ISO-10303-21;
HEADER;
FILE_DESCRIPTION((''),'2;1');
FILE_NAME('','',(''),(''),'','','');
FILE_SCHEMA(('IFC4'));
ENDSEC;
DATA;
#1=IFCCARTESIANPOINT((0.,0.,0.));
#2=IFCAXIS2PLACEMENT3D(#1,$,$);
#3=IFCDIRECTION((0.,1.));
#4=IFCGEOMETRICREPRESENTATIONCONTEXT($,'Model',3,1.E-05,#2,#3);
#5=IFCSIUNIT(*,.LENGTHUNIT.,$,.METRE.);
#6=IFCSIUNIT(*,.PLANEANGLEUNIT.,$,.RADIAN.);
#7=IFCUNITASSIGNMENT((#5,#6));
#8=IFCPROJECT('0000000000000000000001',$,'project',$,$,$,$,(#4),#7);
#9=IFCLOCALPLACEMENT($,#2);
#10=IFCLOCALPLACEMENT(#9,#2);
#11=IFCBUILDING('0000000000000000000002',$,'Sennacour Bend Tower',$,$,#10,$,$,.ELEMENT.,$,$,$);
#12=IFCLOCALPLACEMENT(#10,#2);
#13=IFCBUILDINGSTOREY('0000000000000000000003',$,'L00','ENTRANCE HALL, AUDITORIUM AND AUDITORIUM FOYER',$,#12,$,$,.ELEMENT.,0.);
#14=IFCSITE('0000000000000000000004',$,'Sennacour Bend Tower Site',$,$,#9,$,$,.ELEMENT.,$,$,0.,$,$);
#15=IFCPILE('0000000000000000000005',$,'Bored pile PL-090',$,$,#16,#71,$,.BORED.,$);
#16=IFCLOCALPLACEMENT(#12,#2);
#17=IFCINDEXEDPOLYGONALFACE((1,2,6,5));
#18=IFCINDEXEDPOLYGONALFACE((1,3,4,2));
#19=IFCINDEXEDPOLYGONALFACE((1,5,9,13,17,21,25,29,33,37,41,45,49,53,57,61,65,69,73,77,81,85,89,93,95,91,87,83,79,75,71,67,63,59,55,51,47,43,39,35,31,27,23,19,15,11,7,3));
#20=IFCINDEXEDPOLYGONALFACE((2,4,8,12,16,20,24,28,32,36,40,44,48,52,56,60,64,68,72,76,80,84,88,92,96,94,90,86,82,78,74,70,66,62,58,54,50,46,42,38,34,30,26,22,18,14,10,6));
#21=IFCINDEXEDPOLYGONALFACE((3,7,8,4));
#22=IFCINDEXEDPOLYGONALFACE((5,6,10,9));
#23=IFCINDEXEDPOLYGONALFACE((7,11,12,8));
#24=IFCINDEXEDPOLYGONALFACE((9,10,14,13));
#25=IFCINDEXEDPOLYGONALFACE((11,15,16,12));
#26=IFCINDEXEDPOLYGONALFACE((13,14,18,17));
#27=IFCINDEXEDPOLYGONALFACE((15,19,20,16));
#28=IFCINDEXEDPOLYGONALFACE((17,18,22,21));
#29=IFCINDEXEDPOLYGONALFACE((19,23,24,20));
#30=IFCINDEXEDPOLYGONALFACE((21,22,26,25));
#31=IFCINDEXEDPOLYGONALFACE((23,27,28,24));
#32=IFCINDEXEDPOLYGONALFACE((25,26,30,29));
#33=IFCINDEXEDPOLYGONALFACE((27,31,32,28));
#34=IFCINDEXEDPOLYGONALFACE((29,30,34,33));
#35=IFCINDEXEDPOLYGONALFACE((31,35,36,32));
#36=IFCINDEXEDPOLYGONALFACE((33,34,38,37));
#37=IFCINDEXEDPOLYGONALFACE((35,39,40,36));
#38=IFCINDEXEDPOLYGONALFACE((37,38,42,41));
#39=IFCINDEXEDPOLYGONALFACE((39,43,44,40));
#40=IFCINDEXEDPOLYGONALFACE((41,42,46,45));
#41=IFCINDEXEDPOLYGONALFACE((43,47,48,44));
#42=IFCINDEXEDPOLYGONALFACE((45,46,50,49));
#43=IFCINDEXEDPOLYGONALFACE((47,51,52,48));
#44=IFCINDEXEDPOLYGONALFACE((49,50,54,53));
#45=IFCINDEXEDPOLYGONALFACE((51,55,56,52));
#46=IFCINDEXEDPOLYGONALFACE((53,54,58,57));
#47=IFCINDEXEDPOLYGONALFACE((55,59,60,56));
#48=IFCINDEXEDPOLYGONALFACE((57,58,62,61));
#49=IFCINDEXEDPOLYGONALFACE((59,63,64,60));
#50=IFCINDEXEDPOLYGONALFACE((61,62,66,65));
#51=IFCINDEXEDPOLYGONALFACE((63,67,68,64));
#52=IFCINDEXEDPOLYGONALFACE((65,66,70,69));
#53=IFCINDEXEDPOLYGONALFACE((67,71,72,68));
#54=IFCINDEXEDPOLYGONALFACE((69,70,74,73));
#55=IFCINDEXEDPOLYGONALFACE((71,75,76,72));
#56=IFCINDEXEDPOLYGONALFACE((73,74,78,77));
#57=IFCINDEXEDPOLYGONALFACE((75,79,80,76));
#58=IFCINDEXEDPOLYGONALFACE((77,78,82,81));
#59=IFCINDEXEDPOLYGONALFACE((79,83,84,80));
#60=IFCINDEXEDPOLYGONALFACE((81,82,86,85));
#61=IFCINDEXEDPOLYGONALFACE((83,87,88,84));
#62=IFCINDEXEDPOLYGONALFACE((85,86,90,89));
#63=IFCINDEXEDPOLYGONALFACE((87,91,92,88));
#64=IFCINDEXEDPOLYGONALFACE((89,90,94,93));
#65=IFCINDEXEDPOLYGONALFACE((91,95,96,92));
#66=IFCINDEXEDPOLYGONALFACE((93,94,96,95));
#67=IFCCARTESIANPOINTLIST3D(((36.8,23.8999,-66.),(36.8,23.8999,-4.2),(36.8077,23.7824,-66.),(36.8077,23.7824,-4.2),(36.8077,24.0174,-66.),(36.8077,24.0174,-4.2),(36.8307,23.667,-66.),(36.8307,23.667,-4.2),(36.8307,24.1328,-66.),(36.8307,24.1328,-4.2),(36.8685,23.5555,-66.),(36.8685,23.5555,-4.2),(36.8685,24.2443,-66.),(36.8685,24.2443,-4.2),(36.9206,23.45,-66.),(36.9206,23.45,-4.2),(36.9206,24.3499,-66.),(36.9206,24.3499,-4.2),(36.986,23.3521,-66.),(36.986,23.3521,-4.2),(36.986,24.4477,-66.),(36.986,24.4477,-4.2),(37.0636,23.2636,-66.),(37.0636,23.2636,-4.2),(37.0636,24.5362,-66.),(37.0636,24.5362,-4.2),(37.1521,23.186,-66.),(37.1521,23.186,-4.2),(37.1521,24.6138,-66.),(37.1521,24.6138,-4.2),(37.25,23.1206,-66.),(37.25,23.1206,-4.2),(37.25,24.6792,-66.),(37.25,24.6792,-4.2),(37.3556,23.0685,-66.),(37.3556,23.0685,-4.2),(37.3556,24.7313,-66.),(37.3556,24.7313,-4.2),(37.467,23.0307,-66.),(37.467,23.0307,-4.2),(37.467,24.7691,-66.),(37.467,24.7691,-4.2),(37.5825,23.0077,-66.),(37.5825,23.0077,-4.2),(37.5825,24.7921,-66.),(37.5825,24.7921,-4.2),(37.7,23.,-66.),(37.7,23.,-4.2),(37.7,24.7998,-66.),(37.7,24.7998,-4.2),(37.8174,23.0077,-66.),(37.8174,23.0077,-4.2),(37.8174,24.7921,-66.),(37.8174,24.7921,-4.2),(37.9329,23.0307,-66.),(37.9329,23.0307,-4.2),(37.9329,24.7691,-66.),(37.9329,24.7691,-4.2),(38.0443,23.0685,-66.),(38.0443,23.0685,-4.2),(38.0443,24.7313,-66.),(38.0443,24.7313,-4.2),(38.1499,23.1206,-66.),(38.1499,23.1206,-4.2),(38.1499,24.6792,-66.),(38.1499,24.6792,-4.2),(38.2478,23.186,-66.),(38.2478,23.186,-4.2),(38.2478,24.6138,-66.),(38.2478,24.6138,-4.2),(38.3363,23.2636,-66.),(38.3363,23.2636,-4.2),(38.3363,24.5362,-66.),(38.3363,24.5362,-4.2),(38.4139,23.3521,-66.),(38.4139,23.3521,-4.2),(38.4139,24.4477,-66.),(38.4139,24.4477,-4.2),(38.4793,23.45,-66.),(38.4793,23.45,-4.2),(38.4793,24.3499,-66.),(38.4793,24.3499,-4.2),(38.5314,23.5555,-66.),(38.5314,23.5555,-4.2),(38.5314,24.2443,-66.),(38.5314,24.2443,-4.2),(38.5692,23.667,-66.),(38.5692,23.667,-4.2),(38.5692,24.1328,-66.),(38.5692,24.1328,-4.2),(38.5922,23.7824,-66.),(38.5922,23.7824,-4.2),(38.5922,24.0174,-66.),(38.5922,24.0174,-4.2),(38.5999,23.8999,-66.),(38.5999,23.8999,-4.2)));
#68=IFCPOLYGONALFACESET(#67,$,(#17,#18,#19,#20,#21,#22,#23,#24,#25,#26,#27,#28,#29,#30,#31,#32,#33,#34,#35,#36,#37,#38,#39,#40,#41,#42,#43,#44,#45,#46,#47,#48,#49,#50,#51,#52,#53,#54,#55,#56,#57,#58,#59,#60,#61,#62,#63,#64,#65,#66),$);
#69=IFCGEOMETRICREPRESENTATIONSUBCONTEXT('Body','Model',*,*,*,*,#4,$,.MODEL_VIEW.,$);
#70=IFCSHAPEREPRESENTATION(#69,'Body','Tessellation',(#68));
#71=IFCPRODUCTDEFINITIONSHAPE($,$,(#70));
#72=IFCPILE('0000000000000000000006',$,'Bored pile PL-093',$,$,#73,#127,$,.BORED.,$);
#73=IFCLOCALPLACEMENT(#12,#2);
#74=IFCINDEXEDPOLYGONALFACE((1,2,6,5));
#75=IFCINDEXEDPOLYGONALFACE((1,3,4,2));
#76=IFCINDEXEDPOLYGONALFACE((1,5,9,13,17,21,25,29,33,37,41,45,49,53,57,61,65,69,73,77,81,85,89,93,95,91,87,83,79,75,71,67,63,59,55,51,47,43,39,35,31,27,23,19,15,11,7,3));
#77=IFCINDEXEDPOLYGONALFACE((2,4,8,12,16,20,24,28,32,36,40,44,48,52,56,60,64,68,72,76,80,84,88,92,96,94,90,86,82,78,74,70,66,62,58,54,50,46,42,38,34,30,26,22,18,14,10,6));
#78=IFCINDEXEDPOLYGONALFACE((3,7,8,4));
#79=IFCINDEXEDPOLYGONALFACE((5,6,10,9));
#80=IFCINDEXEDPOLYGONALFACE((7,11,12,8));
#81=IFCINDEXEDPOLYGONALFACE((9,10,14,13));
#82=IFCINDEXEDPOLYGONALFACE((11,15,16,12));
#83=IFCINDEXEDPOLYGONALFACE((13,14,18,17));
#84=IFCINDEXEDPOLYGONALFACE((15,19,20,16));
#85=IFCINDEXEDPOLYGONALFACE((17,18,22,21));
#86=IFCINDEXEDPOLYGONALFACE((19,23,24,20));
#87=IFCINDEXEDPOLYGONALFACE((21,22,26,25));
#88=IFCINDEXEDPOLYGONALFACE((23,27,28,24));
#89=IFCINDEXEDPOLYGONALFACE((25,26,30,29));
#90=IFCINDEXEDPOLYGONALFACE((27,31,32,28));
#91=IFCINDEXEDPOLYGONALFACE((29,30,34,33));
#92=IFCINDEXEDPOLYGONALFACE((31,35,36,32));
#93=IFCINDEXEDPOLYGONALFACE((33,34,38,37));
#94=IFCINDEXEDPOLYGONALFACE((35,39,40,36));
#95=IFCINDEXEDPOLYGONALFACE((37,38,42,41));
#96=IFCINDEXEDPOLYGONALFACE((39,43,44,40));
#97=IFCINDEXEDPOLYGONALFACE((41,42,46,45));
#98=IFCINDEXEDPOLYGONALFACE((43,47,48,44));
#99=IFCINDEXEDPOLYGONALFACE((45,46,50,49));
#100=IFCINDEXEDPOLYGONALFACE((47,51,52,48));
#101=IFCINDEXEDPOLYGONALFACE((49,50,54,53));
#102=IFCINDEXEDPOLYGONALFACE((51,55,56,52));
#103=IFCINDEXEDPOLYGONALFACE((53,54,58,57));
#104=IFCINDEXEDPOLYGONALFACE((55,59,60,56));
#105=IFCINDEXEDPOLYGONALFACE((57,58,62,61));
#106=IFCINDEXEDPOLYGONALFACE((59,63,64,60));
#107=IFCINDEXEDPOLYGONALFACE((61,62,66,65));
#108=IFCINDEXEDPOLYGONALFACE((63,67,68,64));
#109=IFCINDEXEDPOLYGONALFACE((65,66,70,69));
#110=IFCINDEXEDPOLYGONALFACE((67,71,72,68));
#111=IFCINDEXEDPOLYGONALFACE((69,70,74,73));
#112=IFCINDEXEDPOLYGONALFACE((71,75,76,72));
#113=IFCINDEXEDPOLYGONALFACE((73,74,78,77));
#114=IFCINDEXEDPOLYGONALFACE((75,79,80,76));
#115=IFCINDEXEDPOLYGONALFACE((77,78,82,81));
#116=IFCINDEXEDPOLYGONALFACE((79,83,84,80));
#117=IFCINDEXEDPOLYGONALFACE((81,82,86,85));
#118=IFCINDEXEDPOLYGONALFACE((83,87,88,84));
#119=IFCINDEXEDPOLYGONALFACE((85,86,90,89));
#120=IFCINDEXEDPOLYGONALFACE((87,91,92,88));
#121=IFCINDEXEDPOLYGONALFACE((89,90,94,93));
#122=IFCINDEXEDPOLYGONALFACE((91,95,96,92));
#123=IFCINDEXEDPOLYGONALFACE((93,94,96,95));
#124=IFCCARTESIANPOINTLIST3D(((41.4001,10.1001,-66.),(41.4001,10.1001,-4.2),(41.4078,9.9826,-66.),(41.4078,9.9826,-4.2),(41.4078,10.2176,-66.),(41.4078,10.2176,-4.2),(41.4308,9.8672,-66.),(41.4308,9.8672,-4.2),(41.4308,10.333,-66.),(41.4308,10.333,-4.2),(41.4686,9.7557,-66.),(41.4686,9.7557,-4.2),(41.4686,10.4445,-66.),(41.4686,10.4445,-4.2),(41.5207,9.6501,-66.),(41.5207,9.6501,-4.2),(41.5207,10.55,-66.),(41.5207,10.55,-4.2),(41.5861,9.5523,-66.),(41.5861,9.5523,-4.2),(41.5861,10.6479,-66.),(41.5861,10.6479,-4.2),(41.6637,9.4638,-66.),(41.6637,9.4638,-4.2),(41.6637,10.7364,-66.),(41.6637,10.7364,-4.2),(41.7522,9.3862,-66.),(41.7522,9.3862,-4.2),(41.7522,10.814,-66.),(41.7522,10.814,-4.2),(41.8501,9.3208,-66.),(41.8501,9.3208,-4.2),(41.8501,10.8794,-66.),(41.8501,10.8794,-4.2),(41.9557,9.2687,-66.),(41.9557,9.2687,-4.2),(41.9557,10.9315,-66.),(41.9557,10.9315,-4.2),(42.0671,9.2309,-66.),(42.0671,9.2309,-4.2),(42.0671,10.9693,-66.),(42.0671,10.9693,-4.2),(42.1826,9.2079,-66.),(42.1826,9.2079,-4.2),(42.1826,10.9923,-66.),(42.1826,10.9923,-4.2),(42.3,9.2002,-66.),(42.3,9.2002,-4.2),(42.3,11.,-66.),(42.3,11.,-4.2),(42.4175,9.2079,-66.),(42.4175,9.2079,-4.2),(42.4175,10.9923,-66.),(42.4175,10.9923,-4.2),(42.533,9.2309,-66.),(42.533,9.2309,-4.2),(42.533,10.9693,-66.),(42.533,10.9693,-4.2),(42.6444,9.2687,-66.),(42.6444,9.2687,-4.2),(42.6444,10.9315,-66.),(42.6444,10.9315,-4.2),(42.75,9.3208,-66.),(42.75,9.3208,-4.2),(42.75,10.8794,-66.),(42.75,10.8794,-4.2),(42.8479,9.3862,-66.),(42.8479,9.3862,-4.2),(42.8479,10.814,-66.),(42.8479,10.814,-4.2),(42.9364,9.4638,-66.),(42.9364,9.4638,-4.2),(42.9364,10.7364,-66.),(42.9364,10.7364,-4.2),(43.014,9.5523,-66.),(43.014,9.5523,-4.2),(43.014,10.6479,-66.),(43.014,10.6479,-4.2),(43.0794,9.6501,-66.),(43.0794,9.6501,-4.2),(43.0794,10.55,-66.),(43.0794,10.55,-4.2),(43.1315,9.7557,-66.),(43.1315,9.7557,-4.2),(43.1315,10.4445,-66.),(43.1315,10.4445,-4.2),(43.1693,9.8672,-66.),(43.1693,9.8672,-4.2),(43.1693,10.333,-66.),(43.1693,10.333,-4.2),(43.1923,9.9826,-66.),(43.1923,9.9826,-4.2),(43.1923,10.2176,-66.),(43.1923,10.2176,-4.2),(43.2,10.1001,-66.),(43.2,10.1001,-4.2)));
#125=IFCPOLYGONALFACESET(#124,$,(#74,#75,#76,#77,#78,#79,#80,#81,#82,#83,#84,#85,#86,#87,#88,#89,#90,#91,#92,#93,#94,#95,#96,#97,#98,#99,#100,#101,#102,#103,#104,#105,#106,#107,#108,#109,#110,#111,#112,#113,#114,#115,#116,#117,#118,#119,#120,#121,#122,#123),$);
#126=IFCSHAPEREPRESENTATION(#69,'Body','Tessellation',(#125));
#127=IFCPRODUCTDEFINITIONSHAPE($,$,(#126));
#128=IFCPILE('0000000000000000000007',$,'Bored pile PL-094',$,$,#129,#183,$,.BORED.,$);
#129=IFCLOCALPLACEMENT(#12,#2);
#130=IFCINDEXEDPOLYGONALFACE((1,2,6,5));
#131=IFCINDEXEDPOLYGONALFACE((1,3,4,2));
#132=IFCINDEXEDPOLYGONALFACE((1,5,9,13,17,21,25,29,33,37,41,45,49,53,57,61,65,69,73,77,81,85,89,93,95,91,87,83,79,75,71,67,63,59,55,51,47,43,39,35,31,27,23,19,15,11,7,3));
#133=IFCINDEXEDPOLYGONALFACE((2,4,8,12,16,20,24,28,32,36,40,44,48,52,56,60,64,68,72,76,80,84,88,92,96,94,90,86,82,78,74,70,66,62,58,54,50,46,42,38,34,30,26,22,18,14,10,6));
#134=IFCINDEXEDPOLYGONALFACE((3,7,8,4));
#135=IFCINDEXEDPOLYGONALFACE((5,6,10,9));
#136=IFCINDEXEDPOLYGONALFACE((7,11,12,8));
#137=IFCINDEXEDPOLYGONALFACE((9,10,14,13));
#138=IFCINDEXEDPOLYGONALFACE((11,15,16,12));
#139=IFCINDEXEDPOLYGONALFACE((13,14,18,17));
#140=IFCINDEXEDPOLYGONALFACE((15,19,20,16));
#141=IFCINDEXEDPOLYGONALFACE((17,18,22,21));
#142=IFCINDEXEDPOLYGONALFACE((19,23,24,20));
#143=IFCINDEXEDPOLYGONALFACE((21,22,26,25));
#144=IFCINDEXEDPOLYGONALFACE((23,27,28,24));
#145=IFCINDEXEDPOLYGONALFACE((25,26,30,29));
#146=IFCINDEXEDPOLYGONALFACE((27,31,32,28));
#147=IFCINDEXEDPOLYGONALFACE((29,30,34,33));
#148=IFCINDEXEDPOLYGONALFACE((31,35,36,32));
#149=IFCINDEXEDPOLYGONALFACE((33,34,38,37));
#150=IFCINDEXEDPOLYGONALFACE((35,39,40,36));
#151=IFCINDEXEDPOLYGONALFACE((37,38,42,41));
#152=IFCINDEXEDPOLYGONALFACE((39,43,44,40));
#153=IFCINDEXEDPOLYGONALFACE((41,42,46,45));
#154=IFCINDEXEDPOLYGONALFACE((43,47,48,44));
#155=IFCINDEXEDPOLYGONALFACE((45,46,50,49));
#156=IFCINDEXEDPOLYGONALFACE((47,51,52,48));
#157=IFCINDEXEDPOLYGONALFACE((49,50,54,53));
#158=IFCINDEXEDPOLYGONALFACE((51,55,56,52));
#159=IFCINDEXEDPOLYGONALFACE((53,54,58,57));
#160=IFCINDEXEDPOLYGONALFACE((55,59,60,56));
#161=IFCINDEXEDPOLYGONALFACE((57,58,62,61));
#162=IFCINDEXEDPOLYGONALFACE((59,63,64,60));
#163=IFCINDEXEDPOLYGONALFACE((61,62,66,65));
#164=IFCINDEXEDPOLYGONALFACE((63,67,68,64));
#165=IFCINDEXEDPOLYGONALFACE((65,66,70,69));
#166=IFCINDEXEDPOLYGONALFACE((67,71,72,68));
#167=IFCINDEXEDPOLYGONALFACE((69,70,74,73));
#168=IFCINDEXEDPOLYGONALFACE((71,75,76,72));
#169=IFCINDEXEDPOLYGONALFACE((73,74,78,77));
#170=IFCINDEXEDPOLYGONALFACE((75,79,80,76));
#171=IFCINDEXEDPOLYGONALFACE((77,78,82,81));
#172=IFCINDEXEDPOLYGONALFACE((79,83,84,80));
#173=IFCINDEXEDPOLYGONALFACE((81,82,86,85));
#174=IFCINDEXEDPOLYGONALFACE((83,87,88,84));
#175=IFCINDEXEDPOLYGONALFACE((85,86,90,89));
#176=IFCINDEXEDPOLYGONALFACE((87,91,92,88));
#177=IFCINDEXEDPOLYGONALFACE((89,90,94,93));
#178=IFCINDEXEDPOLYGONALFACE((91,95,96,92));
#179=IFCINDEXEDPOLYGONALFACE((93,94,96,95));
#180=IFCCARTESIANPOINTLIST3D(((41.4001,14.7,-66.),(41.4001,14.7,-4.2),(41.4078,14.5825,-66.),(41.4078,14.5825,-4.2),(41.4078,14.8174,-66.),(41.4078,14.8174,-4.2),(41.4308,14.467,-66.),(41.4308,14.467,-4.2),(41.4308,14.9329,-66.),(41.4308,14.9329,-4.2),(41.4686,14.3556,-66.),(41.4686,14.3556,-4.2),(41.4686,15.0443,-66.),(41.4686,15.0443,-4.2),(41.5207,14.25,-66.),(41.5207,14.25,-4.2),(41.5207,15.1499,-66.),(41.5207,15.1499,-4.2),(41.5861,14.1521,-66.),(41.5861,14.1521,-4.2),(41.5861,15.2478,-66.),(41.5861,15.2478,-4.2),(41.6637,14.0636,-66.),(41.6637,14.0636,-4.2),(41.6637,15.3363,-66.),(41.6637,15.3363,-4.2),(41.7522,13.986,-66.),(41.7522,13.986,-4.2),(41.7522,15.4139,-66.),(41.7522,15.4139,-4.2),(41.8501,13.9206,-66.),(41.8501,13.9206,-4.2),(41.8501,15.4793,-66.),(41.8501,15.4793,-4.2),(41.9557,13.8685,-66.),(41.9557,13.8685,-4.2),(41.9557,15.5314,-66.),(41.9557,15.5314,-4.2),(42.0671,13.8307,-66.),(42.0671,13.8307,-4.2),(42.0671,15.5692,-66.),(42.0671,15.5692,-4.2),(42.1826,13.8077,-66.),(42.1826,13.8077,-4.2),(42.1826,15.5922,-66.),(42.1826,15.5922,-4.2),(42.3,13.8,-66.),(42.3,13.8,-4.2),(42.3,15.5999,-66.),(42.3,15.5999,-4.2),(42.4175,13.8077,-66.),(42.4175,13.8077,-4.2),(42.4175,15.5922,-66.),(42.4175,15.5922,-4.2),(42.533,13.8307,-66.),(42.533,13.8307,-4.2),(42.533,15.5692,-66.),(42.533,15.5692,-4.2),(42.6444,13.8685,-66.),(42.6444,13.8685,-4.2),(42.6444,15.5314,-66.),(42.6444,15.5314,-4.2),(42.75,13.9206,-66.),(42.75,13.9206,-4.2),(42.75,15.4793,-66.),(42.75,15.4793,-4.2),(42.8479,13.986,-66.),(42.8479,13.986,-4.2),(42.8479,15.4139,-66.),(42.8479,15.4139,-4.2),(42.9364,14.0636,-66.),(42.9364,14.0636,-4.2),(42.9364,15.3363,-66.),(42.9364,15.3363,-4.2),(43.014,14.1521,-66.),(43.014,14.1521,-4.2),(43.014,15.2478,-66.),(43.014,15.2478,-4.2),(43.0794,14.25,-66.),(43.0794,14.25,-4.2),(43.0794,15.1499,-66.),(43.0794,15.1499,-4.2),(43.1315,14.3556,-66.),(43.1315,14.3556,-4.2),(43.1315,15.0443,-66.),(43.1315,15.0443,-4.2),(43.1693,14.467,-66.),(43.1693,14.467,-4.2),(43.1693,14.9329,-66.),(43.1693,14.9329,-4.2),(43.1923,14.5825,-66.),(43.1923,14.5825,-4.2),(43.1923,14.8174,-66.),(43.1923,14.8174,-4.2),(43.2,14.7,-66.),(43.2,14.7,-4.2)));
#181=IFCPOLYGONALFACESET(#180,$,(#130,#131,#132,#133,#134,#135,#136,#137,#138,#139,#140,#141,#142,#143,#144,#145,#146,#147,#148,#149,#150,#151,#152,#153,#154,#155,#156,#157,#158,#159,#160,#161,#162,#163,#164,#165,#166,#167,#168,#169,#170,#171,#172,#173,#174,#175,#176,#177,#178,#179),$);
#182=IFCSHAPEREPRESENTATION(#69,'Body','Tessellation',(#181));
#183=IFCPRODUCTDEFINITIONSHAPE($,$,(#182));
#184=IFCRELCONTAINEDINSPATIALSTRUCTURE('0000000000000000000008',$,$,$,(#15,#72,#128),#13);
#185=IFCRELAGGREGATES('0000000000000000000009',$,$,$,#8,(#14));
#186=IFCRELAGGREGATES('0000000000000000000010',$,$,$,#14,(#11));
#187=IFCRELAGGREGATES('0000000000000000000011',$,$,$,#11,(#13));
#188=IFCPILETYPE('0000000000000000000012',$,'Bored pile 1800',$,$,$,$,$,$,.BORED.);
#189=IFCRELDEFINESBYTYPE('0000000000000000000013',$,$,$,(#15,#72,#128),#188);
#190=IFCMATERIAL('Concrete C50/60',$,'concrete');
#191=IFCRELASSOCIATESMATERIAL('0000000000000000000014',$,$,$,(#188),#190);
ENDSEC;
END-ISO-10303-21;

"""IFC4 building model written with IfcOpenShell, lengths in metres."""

from ifc_helpers import new_model, si_unit, direction, frame, origin, origin_2d, place, context, subcontext, project, spatial, circle, extrude, material, material_profile, profile_set, type_object, element, save


model = new_model("IFC4")

# Units and contexts
model_context = context("Model", 3, precision=1e-05, world=origin(), true_north=direction((0.0, 1.0)))
body_context = subcontext(model_context, "Body", "Model", "MODEL_VIEW")
ifc_project = project(units=[si_unit("LENGTHUNIT", "METRE"), si_unit("PLANEANGLEUNIT", "RADIAN")], contexts=[model_context])

# Site, building, storey
site_placement = place(None, origin())
site = spatial("IfcSite", under=ifc_project, at=site_placement, Name="Sennacour Bend Tower Site", CompositionType="ELEMENT", RefElevation=0.0)
building_placement = place(site_placement, origin())
building = spatial("IfcBuilding", under=site, at=building_placement, Name="Sennacour Bend Tower", CompositionType="ELEMENT")
storey_placement = place(building_placement, origin())
storey = spatial("IfcBuildingStorey", under=building, at=storey_placement, Name="L00", Description="ENTRANCE HALL, AUDITORIUM AND AUDITORIUM FOYER", CompositionType="ELEMENT", Elevation=0.0)

# Piles
ifc_material_1 = material(Name="Concrete C50/60", Category="concrete")
ifc_material_profile_1 = material_profile(ifc_material_1, circle(Radius=0.8999, at=origin_2d()), Name="Concrete C50/60", Category="concrete")
ifc_profile_set_1 = profile_set([ifc_material_profile_1], Name="Concrete C50/60")
pile_type = type_object("IfcPileType", Name="Bored pile 1800", PredefinedType="BORED", material=ifc_profile_set_1)
for number, where, z_axis, x_axis, name in (
    (1, (37.7, 23.8999, -4.2), (0.0, 0.0, -1.0), (1.0, 0.0, 0.0), "Bored pile PL-090"),
    (2, (42.3, 10.1001, -4.2), (0.0, 0.0, -1.0), (1.0, 0.0, 0.0), "Bored pile PL-093"),
    (3, (42.3, 14.7, -4.2), (0.0, 0.0, -1.0), (1.0, 0.0, 0.0), "Bored pile PL-094"),
):
    element("IfcPile", number, at=place(storey_placement, frame(where, z_axis=z_axis, x_axis=x_axis)), inside=storey, type_object=pile_type, Name=name, PredefinedType="BORED", context=body_context, shape_type="SweptSolid", body=[
        extrude(circle(Radius=0.8999, at=origin_2d()), origin(), (0.0, 0.0, 1.0), 61.8),
    ])

save(model, "model.ifc")
